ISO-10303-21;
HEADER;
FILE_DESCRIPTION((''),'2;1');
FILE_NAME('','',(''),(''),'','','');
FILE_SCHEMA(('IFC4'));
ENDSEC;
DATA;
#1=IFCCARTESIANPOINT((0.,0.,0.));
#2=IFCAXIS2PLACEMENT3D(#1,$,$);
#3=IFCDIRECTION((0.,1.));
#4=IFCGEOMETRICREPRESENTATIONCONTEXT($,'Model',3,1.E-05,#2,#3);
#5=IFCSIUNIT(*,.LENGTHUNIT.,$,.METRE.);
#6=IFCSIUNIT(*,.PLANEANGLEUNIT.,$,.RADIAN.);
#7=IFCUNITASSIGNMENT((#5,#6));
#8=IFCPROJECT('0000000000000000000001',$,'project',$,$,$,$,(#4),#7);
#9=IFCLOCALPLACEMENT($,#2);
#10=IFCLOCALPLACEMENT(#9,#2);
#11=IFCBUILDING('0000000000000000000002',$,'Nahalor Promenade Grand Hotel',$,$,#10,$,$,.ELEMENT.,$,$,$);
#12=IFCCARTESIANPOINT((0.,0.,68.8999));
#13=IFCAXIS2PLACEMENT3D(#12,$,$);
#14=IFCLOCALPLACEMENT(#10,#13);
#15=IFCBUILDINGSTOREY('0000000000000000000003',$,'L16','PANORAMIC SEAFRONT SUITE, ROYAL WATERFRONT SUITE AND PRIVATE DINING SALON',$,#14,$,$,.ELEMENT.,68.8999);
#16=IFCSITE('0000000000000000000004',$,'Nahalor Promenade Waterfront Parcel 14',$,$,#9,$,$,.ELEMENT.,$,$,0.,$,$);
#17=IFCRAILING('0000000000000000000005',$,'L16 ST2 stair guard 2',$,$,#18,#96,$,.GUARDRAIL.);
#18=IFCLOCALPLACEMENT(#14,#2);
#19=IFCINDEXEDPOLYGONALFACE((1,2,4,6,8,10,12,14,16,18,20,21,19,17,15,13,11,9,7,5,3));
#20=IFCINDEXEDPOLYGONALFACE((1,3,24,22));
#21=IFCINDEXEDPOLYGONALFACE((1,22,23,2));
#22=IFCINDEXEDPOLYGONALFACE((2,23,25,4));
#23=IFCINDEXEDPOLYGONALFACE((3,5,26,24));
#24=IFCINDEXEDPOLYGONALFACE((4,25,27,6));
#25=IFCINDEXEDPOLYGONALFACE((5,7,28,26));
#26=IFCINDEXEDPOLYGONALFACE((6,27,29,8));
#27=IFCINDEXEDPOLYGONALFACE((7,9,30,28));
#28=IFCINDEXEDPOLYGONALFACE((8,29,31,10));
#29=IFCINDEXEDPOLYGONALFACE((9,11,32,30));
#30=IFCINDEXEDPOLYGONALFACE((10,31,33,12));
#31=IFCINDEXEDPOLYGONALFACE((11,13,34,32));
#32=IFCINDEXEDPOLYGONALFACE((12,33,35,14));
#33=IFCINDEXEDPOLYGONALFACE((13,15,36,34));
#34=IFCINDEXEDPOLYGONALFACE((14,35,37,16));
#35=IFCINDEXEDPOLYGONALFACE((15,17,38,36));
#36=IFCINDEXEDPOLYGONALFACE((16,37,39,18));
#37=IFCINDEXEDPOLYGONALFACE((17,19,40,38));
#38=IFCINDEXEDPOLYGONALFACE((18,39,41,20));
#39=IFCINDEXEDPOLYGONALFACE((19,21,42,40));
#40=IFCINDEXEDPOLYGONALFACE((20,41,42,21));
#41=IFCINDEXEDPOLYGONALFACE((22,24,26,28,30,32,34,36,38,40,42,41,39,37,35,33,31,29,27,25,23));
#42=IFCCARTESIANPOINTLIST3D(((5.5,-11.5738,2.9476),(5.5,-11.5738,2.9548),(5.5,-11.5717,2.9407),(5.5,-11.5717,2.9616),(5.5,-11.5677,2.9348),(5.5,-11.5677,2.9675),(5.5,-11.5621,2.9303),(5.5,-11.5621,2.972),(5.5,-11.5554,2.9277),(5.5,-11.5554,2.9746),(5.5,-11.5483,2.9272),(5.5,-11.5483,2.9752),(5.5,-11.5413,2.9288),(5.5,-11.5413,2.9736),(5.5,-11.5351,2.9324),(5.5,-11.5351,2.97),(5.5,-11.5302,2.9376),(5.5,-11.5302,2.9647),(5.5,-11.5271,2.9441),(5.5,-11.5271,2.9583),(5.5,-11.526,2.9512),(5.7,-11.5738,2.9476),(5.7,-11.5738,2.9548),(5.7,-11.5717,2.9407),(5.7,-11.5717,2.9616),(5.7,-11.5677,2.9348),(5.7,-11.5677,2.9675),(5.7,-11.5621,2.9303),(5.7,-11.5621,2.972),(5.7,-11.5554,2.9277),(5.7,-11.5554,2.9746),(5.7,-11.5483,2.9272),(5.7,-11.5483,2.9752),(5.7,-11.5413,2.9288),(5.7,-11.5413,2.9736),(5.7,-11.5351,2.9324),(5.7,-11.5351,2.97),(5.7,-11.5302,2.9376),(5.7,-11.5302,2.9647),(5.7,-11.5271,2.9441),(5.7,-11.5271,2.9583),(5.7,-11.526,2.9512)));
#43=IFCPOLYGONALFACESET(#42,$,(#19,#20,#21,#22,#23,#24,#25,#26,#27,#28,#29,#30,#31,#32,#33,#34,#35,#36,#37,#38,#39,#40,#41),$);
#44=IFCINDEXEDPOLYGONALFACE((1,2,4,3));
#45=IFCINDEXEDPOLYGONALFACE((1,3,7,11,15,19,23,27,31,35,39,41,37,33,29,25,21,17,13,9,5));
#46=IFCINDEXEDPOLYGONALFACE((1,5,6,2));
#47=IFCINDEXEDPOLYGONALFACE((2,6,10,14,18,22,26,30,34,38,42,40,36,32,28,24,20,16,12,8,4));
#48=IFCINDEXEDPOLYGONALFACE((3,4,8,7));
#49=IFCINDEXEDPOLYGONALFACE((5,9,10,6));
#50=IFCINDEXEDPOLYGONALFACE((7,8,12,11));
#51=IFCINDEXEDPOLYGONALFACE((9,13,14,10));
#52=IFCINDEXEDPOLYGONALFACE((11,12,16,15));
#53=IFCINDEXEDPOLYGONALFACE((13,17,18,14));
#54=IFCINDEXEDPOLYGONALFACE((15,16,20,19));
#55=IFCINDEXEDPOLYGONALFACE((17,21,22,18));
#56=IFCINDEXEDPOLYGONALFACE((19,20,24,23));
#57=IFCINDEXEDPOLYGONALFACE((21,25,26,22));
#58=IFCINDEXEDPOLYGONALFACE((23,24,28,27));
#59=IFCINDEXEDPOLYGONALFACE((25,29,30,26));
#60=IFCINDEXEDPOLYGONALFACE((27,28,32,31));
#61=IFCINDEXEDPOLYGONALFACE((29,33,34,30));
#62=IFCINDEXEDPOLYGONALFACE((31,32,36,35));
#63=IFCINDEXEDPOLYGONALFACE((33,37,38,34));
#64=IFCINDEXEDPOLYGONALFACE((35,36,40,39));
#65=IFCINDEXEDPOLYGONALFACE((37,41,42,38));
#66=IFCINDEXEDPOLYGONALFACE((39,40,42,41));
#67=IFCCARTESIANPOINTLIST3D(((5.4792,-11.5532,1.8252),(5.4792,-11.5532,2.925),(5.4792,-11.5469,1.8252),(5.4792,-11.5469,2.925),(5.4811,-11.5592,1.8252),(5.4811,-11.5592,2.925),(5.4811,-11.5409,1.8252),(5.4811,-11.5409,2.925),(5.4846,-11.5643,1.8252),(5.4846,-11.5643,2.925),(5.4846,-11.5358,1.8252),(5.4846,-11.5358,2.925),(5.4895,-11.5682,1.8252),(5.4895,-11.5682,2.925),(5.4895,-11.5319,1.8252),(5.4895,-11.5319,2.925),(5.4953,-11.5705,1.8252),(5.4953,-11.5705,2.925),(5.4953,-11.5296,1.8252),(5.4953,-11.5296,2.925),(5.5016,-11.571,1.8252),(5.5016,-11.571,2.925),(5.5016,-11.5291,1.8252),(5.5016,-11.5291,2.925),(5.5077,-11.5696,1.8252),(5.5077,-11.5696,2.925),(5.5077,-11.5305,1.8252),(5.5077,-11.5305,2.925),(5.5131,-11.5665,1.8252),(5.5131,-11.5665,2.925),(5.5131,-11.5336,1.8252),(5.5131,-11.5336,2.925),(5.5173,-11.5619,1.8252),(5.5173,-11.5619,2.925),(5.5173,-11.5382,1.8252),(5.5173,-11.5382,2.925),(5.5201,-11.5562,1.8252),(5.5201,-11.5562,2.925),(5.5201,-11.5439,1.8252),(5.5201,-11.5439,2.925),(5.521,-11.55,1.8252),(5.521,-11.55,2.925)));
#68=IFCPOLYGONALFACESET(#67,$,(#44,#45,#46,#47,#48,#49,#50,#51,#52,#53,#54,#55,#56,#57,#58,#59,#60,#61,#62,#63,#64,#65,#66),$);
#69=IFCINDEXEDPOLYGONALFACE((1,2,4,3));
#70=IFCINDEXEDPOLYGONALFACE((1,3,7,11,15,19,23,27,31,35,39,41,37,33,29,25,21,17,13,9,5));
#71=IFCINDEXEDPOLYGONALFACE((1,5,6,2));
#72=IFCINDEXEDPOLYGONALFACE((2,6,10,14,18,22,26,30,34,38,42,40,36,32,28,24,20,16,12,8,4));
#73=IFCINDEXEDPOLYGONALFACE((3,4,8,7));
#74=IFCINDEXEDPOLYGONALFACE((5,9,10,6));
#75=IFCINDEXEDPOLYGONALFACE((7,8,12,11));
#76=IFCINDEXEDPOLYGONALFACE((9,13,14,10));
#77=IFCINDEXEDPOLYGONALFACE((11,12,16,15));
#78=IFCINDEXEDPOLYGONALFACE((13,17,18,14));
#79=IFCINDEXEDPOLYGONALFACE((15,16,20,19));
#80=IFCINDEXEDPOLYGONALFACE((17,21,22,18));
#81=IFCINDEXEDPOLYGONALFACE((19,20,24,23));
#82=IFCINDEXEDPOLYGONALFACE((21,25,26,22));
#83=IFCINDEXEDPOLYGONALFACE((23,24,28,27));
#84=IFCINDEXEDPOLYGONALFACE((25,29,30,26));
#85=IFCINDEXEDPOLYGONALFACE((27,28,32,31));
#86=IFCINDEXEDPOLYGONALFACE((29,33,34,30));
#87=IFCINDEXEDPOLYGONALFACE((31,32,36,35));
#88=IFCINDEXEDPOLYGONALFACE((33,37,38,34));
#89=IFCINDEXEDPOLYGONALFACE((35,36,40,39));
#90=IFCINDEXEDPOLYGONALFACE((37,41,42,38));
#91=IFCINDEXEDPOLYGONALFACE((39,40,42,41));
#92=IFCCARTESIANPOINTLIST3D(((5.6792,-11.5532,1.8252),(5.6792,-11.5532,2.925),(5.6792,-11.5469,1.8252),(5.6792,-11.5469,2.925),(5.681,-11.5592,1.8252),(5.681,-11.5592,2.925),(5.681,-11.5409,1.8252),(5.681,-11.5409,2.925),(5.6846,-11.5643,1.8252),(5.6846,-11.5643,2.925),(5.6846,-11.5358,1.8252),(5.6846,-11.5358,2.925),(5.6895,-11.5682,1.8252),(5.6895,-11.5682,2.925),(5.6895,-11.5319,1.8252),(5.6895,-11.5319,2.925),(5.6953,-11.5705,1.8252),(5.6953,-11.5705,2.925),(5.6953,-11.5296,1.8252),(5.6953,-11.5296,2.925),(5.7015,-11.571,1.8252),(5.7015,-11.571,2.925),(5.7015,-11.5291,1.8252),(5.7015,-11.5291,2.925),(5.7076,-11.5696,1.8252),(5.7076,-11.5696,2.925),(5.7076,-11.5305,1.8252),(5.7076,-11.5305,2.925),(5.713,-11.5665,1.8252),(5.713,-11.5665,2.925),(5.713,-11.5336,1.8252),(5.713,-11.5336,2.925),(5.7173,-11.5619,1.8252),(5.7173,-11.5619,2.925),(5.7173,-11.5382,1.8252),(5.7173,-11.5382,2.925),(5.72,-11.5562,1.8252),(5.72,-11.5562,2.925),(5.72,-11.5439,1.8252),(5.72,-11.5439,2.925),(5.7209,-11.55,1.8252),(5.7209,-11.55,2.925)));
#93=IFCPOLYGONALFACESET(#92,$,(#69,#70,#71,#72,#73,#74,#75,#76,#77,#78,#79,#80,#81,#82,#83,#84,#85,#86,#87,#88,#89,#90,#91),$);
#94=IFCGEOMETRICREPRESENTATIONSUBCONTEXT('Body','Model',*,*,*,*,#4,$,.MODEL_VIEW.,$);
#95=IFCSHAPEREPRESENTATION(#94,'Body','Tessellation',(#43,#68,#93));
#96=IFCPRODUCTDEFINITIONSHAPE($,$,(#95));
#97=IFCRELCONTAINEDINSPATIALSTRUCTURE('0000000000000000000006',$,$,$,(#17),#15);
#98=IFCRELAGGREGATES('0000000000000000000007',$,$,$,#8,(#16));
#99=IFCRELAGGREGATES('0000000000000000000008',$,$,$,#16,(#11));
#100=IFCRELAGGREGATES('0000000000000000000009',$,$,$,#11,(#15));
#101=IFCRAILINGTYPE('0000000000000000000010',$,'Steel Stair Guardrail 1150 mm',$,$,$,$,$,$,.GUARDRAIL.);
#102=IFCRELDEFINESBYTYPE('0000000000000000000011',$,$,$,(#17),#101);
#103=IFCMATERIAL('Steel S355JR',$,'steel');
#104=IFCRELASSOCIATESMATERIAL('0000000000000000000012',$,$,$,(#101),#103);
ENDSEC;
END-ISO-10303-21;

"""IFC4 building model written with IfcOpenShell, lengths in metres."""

from ifc_helpers import new_model, si_unit, direction, frame, origin, origin_2d, place, context, subcontext, project, spatial, circle, extrude, material, type_object, element, save


model = new_model("IFC4")

# Units and contexts
model_context = context("Model", 3, precision=1e-05, world=origin(), true_north=direction((0.0, 1.0)))
body_context = subcontext(model_context, "Body", "Model", "MODEL_VIEW")
ifc_project = project(units=[si_unit("LENGTHUNIT", "METRE"), si_unit("PLANEANGLEUNIT", "RADIAN")], contexts=[model_context])

# Site, building, storey
site_placement = place(None, origin())
site = spatial("IfcSite", under=ifc_project, at=site_placement, Name="Nahalor Promenade Waterfront Parcel 14", CompositionType="ELEMENT", RefElevation=0.0)
building_placement = place(site_placement, origin())
building = spatial("IfcBuilding", under=site, at=building_placement, Name="Nahalor Promenade Grand Hotel", CompositionType="ELEMENT")
storey_placement = place(building_placement, frame((0.0, 0.0, 68.8999)))
storey = spatial("IfcBuildingStorey", under=building, at=storey_placement, Name="L16", Description="PANORAMIC SEAFRONT SUITE, ROYAL WATERFRONT SUITE AND PRIVATE DINING SALON", CompositionType="ELEMENT", Elevation=68.8999)

# Shared definitions
ifc_material_1 = material(Name="Steel S355JR", Category="steel")

# Railing
railing_type_1 = type_object("IfcRailingType", Name="Steel Stair Guardrail 1150 mm", PredefinedType="GUARDRAIL", material=ifc_material_1)
railing_1_placement = place(storey_placement, frame((5.5, -11.55, 1.8252)))
element("IfcRailing", 1, at=railing_1_placement, inside=storey, type_object=railing_type_1, Name="L16 ST2 stair guard 2", PredefinedType="GUARDRAIL", context=body_context, shape_type="SweptSolid", body=[
    extrude(circle(Radius=0.024, at=origin_2d()), frame((0.0, 0.0, 1.126), z_axis=(1.0, 0.0, 0.0), x_axis=(0.0, 1.0, 0.0)), (0.0, 0.0, 1.0), 0.2),
    extrude(circle(Radius=0.021, at=origin_2d()), origin(), (0.0, 0.0, 1.0), 1.0999),
    extrude(circle(Radius=0.021, at=origin_2d()), frame((0.2, 0.0, 0.0)), (0.0, 0.0, 1.0), 1.0999),
])

save(model, "model.ifc")
